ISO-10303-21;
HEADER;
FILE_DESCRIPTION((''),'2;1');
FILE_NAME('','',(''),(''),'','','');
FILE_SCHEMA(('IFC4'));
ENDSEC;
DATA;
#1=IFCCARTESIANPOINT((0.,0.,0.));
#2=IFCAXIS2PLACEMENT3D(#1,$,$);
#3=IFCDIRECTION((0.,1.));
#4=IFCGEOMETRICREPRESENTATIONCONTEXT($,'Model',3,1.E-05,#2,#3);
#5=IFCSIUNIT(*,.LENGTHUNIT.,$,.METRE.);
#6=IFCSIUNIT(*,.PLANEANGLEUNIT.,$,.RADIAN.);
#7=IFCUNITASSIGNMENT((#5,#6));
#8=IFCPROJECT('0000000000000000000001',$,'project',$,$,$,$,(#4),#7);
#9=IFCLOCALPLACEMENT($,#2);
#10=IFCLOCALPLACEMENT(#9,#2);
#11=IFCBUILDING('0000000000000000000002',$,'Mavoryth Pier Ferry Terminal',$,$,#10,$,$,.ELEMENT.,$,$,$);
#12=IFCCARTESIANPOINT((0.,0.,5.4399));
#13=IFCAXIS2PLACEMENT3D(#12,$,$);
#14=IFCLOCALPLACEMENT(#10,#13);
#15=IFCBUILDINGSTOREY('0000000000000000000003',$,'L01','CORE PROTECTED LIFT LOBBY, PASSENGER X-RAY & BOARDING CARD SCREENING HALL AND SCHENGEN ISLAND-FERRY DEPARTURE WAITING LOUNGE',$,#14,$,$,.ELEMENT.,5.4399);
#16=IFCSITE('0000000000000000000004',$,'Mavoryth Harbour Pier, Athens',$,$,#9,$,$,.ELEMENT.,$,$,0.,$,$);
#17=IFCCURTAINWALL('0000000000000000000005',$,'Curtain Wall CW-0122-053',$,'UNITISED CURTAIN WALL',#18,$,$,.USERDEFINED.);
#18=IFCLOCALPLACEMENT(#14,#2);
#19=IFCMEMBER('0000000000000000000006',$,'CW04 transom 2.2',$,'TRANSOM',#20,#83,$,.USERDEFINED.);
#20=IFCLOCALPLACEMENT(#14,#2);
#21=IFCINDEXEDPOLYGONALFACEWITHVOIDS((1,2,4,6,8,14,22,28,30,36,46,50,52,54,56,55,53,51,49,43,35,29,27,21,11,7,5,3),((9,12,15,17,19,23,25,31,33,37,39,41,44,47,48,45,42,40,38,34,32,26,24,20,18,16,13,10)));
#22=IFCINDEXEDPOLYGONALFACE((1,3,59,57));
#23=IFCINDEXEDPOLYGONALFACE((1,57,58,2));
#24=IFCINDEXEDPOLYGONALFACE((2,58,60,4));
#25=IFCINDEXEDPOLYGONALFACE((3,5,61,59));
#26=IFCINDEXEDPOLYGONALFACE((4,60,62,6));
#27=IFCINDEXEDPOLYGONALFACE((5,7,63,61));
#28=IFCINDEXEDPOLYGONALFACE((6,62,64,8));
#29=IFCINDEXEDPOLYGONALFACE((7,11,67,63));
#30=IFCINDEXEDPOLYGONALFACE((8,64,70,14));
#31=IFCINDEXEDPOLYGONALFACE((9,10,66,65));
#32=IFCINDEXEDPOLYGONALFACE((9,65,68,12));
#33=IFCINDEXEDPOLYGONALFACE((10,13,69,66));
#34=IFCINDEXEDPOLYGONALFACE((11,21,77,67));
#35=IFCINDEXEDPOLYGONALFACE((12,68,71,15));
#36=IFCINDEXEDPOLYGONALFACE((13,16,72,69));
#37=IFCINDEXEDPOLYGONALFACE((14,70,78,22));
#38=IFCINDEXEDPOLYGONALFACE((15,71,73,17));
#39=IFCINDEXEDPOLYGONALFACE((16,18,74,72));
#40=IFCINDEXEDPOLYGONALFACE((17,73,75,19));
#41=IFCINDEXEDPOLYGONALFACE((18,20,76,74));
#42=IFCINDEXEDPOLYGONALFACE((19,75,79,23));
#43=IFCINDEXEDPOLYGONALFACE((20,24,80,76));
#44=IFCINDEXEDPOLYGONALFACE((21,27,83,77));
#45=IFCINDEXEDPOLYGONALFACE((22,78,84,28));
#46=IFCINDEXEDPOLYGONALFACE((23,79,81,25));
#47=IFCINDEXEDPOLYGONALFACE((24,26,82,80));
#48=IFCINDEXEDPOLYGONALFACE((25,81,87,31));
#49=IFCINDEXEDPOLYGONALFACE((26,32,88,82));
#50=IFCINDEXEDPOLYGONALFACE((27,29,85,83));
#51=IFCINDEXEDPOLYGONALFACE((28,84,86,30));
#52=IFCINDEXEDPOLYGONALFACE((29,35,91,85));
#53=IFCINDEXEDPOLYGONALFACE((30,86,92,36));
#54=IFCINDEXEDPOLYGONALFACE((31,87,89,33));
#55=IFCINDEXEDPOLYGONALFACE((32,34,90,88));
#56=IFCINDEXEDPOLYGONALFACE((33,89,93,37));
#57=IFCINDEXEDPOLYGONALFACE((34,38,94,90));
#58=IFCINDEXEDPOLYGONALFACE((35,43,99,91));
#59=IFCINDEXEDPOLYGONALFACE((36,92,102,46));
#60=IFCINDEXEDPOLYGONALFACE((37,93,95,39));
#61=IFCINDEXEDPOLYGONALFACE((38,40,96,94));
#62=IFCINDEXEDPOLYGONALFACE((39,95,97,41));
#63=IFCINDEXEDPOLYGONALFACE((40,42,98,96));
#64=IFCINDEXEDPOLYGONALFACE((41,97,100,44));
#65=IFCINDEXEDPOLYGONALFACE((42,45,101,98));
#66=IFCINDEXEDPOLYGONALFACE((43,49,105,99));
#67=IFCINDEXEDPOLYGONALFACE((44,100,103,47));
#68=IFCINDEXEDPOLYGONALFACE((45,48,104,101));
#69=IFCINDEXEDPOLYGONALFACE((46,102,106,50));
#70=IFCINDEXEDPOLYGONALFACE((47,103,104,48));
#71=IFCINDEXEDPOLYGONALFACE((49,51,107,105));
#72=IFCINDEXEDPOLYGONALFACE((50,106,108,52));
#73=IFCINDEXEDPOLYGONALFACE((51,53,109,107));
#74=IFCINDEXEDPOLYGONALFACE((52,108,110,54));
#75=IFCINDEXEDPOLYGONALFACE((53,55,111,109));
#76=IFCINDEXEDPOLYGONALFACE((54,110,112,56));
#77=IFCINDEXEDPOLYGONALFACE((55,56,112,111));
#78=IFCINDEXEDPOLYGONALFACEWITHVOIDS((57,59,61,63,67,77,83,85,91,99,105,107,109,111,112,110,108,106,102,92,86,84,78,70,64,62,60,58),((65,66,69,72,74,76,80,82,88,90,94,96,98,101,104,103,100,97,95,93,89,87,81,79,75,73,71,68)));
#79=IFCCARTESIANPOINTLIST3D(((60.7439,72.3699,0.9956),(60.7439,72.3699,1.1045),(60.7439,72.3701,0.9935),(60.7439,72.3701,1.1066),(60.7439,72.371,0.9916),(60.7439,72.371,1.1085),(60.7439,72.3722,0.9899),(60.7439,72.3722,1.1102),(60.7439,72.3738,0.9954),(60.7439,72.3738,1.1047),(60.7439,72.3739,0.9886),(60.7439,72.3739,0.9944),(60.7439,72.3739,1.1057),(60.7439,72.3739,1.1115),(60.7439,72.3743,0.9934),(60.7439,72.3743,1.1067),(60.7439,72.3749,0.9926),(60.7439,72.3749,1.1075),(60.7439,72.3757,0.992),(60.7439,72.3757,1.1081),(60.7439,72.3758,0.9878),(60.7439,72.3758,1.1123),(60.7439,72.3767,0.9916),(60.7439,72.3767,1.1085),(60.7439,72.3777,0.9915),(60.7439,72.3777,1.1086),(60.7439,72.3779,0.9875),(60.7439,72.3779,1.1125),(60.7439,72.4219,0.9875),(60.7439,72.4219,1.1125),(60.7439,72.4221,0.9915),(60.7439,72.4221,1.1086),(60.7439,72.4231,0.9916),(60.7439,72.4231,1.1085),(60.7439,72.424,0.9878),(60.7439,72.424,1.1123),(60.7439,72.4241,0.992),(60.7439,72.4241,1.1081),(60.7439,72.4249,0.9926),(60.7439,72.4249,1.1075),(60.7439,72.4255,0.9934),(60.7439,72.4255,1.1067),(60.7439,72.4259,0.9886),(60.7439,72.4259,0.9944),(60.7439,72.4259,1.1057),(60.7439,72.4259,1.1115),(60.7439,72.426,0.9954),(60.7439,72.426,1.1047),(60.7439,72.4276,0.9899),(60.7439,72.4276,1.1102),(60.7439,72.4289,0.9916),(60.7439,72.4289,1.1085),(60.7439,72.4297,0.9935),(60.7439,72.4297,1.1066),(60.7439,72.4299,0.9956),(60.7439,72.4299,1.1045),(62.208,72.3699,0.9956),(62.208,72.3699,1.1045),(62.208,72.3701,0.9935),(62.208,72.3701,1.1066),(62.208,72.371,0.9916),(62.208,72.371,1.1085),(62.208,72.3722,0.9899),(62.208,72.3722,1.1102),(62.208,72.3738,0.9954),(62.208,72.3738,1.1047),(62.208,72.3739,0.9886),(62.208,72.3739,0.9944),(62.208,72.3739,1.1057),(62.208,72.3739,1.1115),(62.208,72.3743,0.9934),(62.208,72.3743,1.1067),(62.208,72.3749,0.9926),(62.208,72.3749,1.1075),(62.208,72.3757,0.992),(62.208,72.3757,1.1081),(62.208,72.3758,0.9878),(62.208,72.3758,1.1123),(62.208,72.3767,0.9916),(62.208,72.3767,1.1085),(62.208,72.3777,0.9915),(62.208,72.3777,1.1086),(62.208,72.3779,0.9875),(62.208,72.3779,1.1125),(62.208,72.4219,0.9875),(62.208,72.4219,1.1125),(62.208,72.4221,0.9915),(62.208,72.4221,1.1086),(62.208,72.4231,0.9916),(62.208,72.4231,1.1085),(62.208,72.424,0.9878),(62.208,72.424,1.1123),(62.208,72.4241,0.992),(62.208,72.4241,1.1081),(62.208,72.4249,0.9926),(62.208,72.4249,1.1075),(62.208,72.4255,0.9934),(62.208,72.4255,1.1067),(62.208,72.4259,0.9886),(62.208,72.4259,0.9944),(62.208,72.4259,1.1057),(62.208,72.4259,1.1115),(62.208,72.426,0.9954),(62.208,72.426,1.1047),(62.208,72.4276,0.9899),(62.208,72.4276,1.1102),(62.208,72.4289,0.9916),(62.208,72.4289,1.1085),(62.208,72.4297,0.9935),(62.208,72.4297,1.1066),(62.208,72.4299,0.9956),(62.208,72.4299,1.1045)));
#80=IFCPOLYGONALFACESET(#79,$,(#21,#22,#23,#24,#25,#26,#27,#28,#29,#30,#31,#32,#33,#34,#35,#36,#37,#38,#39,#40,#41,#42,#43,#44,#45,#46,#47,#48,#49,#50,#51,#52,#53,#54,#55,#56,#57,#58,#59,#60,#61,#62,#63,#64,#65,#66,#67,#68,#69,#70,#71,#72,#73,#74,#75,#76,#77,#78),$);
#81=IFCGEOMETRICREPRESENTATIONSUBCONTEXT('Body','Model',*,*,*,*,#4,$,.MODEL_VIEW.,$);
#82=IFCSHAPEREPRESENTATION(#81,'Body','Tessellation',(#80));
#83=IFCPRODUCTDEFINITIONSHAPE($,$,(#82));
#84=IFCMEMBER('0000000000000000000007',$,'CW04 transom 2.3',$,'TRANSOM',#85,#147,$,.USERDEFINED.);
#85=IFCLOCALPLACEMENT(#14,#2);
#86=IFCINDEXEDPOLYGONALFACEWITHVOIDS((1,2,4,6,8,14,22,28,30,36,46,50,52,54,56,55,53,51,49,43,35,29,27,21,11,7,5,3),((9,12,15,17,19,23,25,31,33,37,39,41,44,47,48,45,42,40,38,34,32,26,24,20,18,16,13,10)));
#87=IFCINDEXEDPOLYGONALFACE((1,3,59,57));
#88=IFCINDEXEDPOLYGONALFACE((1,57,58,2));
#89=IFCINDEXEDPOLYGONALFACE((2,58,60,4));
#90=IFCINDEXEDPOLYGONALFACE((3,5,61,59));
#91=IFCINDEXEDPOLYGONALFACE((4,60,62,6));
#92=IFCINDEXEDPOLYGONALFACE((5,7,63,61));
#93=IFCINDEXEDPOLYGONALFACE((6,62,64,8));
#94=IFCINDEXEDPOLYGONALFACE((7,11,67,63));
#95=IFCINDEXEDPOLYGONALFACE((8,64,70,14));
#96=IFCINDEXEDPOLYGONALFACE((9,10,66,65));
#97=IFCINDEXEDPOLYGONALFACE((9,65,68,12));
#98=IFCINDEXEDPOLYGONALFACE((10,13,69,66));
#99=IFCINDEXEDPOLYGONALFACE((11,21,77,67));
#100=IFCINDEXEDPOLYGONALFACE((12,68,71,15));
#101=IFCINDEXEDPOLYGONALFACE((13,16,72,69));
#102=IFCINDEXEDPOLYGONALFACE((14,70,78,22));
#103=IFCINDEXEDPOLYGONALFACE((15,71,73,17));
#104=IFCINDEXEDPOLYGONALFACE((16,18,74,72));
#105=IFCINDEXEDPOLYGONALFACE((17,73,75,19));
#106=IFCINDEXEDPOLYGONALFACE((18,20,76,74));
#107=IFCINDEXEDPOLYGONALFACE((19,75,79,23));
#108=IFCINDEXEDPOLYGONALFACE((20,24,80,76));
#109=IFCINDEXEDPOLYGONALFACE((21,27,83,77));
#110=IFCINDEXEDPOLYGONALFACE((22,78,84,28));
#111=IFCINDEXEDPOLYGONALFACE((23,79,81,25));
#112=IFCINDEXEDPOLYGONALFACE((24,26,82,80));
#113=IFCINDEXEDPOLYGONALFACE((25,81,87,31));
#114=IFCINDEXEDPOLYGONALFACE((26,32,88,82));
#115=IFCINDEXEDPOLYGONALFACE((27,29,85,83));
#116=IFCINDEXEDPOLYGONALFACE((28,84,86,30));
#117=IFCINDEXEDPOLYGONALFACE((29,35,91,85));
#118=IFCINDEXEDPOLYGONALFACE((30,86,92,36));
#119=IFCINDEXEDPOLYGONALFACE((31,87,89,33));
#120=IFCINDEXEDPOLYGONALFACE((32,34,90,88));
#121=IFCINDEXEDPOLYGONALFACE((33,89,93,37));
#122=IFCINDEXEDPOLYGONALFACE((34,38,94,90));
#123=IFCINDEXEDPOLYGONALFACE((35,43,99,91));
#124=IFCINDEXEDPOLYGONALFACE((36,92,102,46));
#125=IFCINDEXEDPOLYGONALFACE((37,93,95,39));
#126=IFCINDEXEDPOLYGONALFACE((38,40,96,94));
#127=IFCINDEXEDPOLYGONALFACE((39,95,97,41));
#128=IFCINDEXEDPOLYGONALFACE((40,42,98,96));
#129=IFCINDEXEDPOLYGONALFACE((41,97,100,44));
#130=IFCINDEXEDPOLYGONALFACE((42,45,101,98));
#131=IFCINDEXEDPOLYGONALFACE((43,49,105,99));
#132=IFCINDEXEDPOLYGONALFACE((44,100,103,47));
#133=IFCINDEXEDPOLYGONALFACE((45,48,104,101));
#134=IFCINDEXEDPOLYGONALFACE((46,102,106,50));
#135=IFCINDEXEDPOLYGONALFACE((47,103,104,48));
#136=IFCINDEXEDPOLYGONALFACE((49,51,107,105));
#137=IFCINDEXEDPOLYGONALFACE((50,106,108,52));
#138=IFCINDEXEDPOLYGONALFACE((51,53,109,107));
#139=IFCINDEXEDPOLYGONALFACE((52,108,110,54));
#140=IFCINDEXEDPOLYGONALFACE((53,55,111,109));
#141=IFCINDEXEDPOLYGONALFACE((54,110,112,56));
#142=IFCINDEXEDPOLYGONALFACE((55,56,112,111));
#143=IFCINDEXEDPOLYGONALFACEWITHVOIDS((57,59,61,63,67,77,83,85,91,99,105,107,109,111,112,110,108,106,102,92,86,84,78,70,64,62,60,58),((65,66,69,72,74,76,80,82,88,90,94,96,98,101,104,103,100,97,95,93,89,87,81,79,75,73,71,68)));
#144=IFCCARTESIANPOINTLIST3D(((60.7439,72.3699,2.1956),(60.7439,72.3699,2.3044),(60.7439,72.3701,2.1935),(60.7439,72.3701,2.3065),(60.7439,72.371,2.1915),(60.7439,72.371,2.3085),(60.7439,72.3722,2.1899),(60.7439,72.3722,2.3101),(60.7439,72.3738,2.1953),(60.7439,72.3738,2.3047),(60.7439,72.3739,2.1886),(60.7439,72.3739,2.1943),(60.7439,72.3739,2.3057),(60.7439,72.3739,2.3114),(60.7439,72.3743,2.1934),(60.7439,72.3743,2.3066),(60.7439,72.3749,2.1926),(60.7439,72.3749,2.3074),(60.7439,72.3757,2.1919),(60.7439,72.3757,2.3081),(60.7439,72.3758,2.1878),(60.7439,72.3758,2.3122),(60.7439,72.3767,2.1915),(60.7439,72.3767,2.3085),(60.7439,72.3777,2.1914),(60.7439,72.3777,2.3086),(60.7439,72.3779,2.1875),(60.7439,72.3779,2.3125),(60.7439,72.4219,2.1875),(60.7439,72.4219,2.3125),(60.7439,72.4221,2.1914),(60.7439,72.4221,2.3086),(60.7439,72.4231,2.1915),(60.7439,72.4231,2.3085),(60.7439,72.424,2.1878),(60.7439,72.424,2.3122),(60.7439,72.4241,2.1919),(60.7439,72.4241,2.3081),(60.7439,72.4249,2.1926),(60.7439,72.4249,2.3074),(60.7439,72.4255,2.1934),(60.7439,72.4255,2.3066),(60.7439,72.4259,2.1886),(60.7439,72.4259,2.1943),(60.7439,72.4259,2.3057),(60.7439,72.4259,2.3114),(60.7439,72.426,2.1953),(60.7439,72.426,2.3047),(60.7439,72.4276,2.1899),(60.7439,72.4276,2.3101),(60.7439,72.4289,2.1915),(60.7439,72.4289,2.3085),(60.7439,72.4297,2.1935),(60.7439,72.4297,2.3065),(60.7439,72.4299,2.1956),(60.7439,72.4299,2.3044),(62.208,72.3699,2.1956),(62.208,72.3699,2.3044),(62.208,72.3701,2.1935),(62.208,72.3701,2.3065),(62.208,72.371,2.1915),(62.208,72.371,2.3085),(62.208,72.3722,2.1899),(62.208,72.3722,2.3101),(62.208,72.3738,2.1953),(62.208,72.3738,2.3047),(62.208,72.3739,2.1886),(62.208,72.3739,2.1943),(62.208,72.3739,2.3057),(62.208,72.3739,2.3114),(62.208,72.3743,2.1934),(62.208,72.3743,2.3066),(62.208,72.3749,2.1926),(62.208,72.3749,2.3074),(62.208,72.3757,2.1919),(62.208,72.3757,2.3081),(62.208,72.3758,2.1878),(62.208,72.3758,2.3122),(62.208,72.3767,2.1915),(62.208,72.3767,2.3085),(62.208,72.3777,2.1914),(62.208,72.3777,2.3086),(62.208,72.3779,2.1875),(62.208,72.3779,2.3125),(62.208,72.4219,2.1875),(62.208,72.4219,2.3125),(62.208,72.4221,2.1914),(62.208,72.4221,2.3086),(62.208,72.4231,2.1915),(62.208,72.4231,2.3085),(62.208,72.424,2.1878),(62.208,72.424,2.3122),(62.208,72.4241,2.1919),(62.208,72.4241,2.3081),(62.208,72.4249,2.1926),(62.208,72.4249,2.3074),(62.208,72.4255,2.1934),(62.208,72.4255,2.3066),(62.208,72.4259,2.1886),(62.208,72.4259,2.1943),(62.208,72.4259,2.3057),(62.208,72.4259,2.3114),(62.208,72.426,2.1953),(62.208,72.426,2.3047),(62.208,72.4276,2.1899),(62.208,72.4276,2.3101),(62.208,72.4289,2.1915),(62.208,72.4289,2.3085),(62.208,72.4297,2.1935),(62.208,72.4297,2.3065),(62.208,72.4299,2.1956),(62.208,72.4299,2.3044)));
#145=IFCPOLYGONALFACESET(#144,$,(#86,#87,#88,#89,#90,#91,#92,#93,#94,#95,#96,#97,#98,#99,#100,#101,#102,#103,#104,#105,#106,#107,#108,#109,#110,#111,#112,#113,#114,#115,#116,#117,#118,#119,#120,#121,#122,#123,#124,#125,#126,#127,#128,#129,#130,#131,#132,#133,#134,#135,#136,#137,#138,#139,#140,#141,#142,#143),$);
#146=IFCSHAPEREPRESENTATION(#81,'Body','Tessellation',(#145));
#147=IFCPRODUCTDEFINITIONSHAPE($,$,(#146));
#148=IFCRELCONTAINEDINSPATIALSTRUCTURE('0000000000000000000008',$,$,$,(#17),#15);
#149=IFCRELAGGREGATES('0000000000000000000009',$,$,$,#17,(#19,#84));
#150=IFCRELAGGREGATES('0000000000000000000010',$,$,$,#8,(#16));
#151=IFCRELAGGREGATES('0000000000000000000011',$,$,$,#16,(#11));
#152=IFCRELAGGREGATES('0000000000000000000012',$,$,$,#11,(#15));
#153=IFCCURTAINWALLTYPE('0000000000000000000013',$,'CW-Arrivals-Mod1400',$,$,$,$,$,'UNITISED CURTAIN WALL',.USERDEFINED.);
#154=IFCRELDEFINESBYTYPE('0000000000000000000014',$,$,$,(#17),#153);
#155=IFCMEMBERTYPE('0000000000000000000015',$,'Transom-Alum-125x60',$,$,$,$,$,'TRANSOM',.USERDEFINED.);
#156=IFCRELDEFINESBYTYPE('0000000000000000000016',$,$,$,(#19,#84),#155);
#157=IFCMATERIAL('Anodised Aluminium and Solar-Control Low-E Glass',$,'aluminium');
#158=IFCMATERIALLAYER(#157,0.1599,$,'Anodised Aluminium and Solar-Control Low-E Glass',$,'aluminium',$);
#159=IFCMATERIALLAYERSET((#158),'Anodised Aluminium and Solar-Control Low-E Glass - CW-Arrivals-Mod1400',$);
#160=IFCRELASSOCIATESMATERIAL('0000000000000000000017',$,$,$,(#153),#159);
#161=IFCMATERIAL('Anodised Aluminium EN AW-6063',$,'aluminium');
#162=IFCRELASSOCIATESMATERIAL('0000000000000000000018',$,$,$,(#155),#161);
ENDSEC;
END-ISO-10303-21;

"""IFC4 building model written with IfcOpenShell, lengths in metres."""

from ifc_helpers import new_model, si_unit, direction, frame, origin, origin_2d, place, context, subcontext, project, spatial, hollow_rectangle, extrude, material, layer, layer_set, material_profile, profile_set, type_object, element, aggregate, save


model = new_model("IFC4")

# Units and contexts
model_context = context("Model", 3, precision=1e-05, world=origin(), true_north=direction((0.0, 1.0)))
body_context = subcontext(model_context, "Body", "Model", "MODEL_VIEW")
ifc_project = project(units=[si_unit("LENGTHUNIT", "METRE"), si_unit("PLANEANGLEUNIT", "RADIAN")], contexts=[model_context])

# Site, building, storey
site_placement = place(None, origin())
site = spatial("IfcSite", under=ifc_project, at=site_placement, Name="Mavoryth Harbour Pier, Athens", CompositionType="ELEMENT", RefElevation=0.0)
building_placement = place(site_placement, origin())
building = spatial("IfcBuilding", under=site, at=building_placement, Name="Mavoryth Pier Ferry Terminal", CompositionType="ELEMENT")
storey_placement = place(building_placement, frame((0.0, 0.0, 5.4399)))
storey = spatial("IfcBuildingStorey", under=building, at=storey_placement, Name="L01", Description="CORE PROTECTED LIFT LOBBY, PASSENGER X-RAY & BOARDING CARD SCREENING HALL AND SCHENGEN ISLAND-FERRY DEPARTURE WAITING LOUNGE", CompositionType="ELEMENT", Elevation=5.4399)

# Curtain wall
ifc_material_1 = material(Name="Anodised Aluminium and Solar-Control Low-E Glass", Category="aluminium")
ifc_material_2 = material(Name="Anodised Aluminium EN AW-6063", Category="aluminium")
ifc_layer_1 = layer(ifc_material_1, 0.1599, Name="Anodised Aluminium and Solar-Control Low-E Glass", Category="aluminium")
ifc_layer_set_1 = layer_set([ifc_layer_1], Name="Anodised Aluminium and Solar-Control Low-E Glass - CW-Arrivals-Mod1400")
curtain_wall_type_1 = type_object("IfcCurtainWallType", Name="CW-Arrivals-Mod1400", ElementType="UNITISED CURTAIN WALL", PredefinedType="USERDEFINED", material=ifc_layer_set_1)
curtain_wall_1_placement = place(storey_placement, origin())
curtain_wall_1 = element("IfcCurtainWall", 1, at=curtain_wall_1_placement, inside=storey, type_object=curtain_wall_type_1, Name="Curtain Wall CW-0122-053", ObjectType="UNITISED CURTAIN WALL", PredefinedType="USERDEFINED")

# Members
ifc_material_profile_1 = material_profile(ifc_material_2, hollow_rectangle(XDim=0.0601, YDim=0.125, WallThickness=0.0039, InnerFilletRadius=0.0039, OuterFilletRadius=0.0081, at=origin_2d()), Name="AL-TRAN 125x60x4", Category="aluminium")
ifc_profile_set_1 = profile_set([ifc_material_profile_1], Name="Anodised Aluminium EN AW-6063 - AL-TRAN 125x60x4")
member_type_1 = type_object("IfcMemberType", Name="Transom-Alum-125x60", ElementType="TRANSOM", PredefinedType="USERDEFINED", material=ifc_profile_set_1)
member_1_placement = place(storey_placement, frame((60.7439, 72.3999, 1.05), z_axis=(1.0, 0.0, 0.0), x_axis=(0.0, 1.0, 0.0)))
member_1 = element("IfcMember", 2, at=member_1_placement, type_object=member_type_1, Name="CW04 transom 2.2", ObjectType="TRANSOM", PredefinedType="USERDEFINED", context=body_context, shape_type="SweptSolid", body=[
    extrude(hollow_rectangle(XDim=0.0601, YDim=0.125, WallThickness=0.0039, InnerFilletRadius=0.0039, OuterFilletRadius=0.0081, at=origin_2d()), origin(), (0.0, 0.0, 1.0), 1.4641),
])
member_2_placement = place(storey_placement, frame((60.7439, 72.3999, 2.25), z_axis=(1.0, 0.0, 0.0), x_axis=(0.0, 1.0, 0.0)))
member_2 = element("IfcMember", 3, at=member_2_placement, type_object=member_type_1, Name="CW04 transom 2.3", ObjectType="TRANSOM", PredefinedType="USERDEFINED", context=body_context, shape_type="SweptSolid", body=[
    extrude(hollow_rectangle(XDim=0.0601, YDim=0.125, WallThickness=0.0039, InnerFilletRadius=0.0039, OuterFilletRadius=0.0081, at=origin_2d()), origin(), (0.0, 0.0, 1.0), 1.4641),
])

aggregate(curtain_wall_1, [member_1, member_2])

save(model, "model.ifc")
